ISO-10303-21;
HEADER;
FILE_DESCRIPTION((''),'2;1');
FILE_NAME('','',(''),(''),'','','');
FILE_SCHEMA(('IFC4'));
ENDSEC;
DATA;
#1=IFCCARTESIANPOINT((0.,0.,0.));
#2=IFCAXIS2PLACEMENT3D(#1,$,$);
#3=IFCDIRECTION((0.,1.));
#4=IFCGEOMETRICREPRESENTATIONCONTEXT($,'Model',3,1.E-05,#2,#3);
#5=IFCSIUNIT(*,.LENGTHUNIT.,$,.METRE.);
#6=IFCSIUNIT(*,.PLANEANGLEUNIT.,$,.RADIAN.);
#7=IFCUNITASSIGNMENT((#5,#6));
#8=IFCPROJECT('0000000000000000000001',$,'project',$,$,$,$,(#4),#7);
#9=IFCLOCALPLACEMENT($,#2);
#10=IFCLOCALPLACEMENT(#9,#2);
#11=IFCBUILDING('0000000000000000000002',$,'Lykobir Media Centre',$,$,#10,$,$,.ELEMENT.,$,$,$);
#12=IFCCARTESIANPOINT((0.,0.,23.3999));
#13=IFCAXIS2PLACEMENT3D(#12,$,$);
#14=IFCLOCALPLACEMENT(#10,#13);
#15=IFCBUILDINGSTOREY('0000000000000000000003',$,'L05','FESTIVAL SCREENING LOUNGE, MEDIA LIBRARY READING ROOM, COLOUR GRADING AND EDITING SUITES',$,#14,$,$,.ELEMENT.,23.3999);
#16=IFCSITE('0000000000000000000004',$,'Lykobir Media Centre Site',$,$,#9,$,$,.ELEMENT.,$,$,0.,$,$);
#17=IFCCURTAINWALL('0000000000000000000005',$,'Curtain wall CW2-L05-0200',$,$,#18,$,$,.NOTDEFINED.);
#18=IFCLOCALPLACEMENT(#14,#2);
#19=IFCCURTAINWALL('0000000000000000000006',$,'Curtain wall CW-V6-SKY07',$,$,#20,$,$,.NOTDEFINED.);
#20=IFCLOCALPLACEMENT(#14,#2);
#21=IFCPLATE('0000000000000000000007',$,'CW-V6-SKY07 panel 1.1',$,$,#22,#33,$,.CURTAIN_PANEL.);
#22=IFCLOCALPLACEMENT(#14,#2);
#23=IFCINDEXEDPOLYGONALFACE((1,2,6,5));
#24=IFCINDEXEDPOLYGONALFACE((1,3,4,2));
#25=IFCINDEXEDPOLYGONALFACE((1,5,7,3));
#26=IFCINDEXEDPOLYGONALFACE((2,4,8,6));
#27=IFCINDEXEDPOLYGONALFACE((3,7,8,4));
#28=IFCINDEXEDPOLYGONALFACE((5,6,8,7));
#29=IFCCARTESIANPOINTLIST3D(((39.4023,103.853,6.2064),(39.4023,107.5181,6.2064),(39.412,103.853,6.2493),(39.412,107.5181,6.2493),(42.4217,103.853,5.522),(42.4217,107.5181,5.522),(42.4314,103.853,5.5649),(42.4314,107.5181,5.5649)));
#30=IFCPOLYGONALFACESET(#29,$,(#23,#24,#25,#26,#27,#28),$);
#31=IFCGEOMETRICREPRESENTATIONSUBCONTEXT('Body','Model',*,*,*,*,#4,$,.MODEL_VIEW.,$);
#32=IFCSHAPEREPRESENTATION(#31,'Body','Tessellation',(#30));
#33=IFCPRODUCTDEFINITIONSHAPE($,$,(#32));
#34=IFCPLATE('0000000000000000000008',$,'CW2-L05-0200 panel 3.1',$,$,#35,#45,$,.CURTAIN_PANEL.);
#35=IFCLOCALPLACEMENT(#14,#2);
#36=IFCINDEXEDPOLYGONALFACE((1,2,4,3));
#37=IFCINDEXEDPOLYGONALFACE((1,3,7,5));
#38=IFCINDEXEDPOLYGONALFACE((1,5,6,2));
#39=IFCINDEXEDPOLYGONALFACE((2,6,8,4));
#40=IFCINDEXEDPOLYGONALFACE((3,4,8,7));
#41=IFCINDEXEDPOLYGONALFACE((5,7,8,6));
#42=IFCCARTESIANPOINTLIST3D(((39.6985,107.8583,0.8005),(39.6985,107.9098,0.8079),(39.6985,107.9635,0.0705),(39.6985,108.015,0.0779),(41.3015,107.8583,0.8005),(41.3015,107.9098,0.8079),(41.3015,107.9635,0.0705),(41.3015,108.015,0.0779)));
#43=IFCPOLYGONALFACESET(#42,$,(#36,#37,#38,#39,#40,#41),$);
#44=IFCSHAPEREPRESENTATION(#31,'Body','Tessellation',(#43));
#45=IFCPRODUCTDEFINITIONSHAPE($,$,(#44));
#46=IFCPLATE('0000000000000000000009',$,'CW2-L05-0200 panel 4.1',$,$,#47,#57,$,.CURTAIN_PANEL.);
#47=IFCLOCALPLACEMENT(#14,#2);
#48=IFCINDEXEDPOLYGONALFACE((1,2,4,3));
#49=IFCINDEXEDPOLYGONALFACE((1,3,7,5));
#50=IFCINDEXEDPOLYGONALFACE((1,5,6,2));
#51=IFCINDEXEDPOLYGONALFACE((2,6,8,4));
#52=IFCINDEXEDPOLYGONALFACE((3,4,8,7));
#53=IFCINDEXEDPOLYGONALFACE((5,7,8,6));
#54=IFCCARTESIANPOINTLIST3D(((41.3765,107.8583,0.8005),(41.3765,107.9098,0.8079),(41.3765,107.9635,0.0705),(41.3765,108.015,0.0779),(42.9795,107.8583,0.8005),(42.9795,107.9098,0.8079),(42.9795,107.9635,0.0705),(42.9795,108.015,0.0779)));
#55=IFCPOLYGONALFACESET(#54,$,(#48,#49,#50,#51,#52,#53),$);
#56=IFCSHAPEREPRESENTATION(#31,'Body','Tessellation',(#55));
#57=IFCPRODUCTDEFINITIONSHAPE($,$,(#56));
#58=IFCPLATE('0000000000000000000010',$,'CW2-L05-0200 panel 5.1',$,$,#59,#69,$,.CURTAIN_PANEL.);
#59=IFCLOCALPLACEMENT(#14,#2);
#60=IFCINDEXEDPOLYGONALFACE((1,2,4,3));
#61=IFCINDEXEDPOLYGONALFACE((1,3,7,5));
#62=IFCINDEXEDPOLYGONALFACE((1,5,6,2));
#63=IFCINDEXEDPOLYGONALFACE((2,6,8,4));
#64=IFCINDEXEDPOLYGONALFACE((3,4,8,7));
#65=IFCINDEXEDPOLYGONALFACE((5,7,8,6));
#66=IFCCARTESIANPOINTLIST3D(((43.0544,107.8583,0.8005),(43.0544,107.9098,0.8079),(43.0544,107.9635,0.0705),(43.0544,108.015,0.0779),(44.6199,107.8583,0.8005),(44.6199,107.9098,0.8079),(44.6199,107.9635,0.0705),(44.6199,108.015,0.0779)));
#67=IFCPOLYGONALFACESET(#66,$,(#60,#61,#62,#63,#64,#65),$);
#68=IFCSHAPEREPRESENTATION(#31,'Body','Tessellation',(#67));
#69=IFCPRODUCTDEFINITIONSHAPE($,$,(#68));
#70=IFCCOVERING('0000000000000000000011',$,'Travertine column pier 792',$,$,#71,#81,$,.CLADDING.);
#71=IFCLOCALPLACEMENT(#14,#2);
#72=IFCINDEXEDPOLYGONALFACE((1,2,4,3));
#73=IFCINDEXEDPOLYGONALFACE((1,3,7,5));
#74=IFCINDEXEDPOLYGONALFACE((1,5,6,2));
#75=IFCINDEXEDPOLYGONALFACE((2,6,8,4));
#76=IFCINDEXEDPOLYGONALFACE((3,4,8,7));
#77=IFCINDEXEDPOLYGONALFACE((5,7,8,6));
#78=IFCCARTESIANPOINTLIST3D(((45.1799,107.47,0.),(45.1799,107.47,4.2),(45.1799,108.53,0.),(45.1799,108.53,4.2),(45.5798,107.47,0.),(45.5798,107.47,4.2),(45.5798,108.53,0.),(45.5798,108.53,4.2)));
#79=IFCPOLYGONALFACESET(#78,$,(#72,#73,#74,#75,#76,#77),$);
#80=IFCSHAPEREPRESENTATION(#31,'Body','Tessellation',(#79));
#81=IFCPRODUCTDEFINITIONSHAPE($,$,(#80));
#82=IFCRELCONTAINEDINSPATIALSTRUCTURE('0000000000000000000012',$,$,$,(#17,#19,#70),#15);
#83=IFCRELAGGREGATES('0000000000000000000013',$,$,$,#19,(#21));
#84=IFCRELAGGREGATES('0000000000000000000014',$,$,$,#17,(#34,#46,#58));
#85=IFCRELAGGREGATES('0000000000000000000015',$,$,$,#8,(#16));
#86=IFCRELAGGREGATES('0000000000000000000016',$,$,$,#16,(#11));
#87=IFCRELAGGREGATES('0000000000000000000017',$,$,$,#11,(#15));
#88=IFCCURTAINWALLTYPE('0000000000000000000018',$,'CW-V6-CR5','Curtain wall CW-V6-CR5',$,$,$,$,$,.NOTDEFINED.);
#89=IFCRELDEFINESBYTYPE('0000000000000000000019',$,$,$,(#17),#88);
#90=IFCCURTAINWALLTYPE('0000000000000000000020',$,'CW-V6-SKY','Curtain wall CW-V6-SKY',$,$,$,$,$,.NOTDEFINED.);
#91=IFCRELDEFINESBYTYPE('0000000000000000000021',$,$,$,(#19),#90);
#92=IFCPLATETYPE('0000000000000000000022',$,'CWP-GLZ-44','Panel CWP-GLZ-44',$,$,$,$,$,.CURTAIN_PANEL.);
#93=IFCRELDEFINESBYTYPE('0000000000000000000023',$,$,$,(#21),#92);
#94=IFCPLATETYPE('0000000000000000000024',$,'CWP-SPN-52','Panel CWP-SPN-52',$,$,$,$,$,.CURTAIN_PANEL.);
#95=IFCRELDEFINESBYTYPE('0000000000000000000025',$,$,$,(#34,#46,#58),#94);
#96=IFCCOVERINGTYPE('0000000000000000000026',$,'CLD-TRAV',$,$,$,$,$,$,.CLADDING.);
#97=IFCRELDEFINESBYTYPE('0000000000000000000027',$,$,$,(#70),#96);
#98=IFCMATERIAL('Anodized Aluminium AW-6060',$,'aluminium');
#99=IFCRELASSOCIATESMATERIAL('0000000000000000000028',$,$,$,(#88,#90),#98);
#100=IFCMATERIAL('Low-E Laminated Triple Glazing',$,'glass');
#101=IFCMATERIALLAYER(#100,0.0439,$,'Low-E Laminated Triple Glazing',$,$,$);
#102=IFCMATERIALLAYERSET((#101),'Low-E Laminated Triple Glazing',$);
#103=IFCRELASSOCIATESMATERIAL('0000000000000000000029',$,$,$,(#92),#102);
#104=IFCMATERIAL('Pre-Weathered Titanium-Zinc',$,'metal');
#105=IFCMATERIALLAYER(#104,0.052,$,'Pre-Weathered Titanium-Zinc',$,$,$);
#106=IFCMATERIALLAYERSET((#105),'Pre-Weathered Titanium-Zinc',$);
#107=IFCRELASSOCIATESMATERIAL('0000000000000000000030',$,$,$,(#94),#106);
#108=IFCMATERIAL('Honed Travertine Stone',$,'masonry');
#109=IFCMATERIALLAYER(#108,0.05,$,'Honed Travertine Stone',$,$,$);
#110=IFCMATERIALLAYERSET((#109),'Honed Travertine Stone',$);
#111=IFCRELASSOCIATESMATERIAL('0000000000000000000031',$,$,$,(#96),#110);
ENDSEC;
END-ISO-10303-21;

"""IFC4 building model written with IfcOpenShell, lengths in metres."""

from ifc_helpers import new_model, si_unit, direction, frame, origin, origin_2d, place, context, subcontext, project, spatial, rectangle, extrude, material, layer, layer_set, type_object, element, aggregate, save


model = new_model("IFC4")

# Units and contexts
model_context = context("Model", 3, precision=1e-05, world=origin(), true_north=direction((0.0, 1.0)))
body_context = subcontext(model_context, "Body", "Model", "MODEL_VIEW")
ifc_project = project(units=[si_unit("LENGTHUNIT", "METRE"), si_unit("PLANEANGLEUNIT", "RADIAN")], contexts=[model_context])

# Site, building, storey
site_placement = place(None, origin())
site = spatial("IfcSite", under=ifc_project, at=site_placement, Name="Lykobir Media Centre Site", CompositionType="ELEMENT", RefElevation=0.0)
building_placement = place(site_placement, origin())
building = spatial("IfcBuilding", under=site, at=building_placement, Name="Lykobir Media Centre", CompositionType="ELEMENT")
storey_placement = place(building_placement, frame((0.0, 0.0, 23.3999)))
storey = spatial("IfcBuildingStorey", under=building, at=storey_placement, Name="L05", Description="FESTIVAL SCREENING LOUNGE, MEDIA LIBRARY READING ROOM, COLOUR GRADING AND EDITING SUITES", CompositionType="ELEMENT", Elevation=23.3999)

# Curtain walls
ifc_material_1 = material(Name="Anodized Aluminium AW-6060", Category="aluminium")
curtain_wall_type_1 = type_object("IfcCurtainWallType", Name="CW-V6-CR5", Description="Curtain wall CW-V6-CR5", PredefinedType="NOTDEFINED", material=ifc_material_1)
curtain_wall_1_placement = place(storey_placement, origin())
curtain_wall_1 = element("IfcCurtainWall", 1, at=curtain_wall_1_placement, inside=storey, type_object=curtain_wall_type_1, Name="Curtain wall CW2-L05-0200", PredefinedType="NOTDEFINED")
curtain_wall_type_2 = type_object("IfcCurtainWallType", Name="CW-V6-SKY", Description="Curtain wall CW-V6-SKY", PredefinedType="NOTDEFINED", material=ifc_material_1)
curtain_wall_2_placement = place(storey_placement, origin())
curtain_wall_2 = element("IfcCurtainWall", 2, at=curtain_wall_2_placement, inside=storey, type_object=curtain_wall_type_2, Name="Curtain wall CW-V6-SKY07", PredefinedType="NOTDEFINED")

# Plates
ifc_material_2 = material(Name="Low-E Laminated Triple Glazing", Category="glass")
ifc_layer_1 = layer(ifc_material_2, 0.0439, Name="Low-E Laminated Triple Glazing")
ifc_layer_set_1 = layer_set([ifc_layer_1], Name="Low-E Laminated Triple Glazing")
plate_type_1 = type_object("IfcPlateType", Name="CWP-GLZ-44", Description="Panel CWP-GLZ-44", PredefinedType="CURTAIN_PANEL", material=ifc_layer_set_1)
plate_1_placement = place(storey_placement, frame((42.4265, 105.6855, 5.5435), z_axis=(-0.975261, 0.0, 0.221055), x_axis=(0.0, -1.0, 0.0)))
plate_1 = element("IfcPlate", 3, at=plate_1_placement, type_object=plate_type_1, Name="CW-V6-SKY07 panel 1.1", PredefinedType="CURTAIN_PANEL", context=body_context, shape_type="SweptSolid", body=[
    extrude(rectangle(XDim=3.665, YDim=0.0439, at=origin_2d()), origin(), (0.0, 0.0, 1.0), 3.0959),
])
aggregate(curtain_wall_2, [plate_1])
ifc_material_3 = material(Name="Pre-Weathered Titanium-Zinc", Category="metal")
ifc_layer_2 = layer(ifc_material_3, 0.052, Name="Pre-Weathered Titanium-Zinc")
ifc_layer_set_2 = layer_set([ifc_layer_2], Name="Pre-Weathered Titanium-Zinc")
plate_type_2 = type_object("IfcPlateType", Name="CWP-SPN-52", Description="Panel CWP-SPN-52", PredefinedType="CURTAIN_PANEL", material=ifc_layer_set_2)
plate_2_placement = place(storey_placement, frame((40.5, 107.9893, 0.0742), z_axis=(0.0, -0.142629, 0.989776), x_axis=(1.0, 0.0, 0.0)))
plate_2 = element("IfcPlate", 4, at=plate_2_placement, type_object=plate_type_2, Name="CW2-L05-0200 panel 3.1", PredefinedType="CURTAIN_PANEL", context=body_context, shape_type="SweptSolid", body=[
    extrude(rectangle(XDim=1.603, YDim=0.052, at=origin_2d()), origin(), (0.0, 0.0, 1.0), 0.7375),
])
plate_3_placement = place(storey_placement, frame((42.178, 107.9893, 0.0742), z_axis=(0.0, -0.142629, 0.989776), x_axis=(1.0, 0.0, 0.0)))
plate_3 = element("IfcPlate", 5, at=plate_3_placement, type_object=plate_type_2, Name="CW2-L05-0200 panel 4.1", PredefinedType="CURTAIN_PANEL", context=body_context, shape_type="SweptSolid", body=[
    extrude(rectangle(XDim=1.603, YDim=0.052, at=origin_2d()), origin(), (0.0, 0.0, 1.0), 0.7375),
])
plate_4_placement = place(storey_placement, frame((43.8372, 107.9893, 0.0742), z_axis=(0.0, -0.142629, 0.989776), x_axis=(1.0, 0.0, 0.0)))
plate_4 = element("IfcPlate", 6, at=plate_4_placement, type_object=plate_type_2, Name="CW2-L05-0200 panel 5.1", PredefinedType="CURTAIN_PANEL", context=body_context, shape_type="SweptSolid", body=[
    extrude(rectangle(XDim=1.5654, YDim=0.052, at=origin_2d()), origin(), (0.0, 0.0, 1.0), 0.7375),
])
aggregate(curtain_wall_1, [plate_2, plate_3, plate_4])

# Covering
ifc_material_4 = material(Name="Honed Travertine Stone", Category="masonry")
ifc_layer_3 = layer(ifc_material_4, 0.05, Name="Honed Travertine Stone")
ifc_layer_set_3 = layer_set([ifc_layer_3], Name="Honed Travertine Stone")
covering_type = type_object("IfcCoveringType", Name="CLD-TRAV", PredefinedType="CLADDING", material=ifc_layer_set_3)
covering_placement = place(storey_placement, frame((45.3799, 108.0, 0.0), z_axis=(0.0, 0.0, 1.0), x_axis=(0.0, 1.0, 0.0)))
element("IfcCovering", 7, at=covering_placement, inside=storey, type_object=covering_type, Name="Travertine column pier 792", PredefinedType="CLADDING", context=body_context, shape_type="SweptSolid", body=[
    extrude(rectangle(XDim=1.0601, YDim=0.3999, at=origin_2d()), origin(), (0.0, 0.0, 1.0), 4.2),
])

save(model, "model.ifc")
